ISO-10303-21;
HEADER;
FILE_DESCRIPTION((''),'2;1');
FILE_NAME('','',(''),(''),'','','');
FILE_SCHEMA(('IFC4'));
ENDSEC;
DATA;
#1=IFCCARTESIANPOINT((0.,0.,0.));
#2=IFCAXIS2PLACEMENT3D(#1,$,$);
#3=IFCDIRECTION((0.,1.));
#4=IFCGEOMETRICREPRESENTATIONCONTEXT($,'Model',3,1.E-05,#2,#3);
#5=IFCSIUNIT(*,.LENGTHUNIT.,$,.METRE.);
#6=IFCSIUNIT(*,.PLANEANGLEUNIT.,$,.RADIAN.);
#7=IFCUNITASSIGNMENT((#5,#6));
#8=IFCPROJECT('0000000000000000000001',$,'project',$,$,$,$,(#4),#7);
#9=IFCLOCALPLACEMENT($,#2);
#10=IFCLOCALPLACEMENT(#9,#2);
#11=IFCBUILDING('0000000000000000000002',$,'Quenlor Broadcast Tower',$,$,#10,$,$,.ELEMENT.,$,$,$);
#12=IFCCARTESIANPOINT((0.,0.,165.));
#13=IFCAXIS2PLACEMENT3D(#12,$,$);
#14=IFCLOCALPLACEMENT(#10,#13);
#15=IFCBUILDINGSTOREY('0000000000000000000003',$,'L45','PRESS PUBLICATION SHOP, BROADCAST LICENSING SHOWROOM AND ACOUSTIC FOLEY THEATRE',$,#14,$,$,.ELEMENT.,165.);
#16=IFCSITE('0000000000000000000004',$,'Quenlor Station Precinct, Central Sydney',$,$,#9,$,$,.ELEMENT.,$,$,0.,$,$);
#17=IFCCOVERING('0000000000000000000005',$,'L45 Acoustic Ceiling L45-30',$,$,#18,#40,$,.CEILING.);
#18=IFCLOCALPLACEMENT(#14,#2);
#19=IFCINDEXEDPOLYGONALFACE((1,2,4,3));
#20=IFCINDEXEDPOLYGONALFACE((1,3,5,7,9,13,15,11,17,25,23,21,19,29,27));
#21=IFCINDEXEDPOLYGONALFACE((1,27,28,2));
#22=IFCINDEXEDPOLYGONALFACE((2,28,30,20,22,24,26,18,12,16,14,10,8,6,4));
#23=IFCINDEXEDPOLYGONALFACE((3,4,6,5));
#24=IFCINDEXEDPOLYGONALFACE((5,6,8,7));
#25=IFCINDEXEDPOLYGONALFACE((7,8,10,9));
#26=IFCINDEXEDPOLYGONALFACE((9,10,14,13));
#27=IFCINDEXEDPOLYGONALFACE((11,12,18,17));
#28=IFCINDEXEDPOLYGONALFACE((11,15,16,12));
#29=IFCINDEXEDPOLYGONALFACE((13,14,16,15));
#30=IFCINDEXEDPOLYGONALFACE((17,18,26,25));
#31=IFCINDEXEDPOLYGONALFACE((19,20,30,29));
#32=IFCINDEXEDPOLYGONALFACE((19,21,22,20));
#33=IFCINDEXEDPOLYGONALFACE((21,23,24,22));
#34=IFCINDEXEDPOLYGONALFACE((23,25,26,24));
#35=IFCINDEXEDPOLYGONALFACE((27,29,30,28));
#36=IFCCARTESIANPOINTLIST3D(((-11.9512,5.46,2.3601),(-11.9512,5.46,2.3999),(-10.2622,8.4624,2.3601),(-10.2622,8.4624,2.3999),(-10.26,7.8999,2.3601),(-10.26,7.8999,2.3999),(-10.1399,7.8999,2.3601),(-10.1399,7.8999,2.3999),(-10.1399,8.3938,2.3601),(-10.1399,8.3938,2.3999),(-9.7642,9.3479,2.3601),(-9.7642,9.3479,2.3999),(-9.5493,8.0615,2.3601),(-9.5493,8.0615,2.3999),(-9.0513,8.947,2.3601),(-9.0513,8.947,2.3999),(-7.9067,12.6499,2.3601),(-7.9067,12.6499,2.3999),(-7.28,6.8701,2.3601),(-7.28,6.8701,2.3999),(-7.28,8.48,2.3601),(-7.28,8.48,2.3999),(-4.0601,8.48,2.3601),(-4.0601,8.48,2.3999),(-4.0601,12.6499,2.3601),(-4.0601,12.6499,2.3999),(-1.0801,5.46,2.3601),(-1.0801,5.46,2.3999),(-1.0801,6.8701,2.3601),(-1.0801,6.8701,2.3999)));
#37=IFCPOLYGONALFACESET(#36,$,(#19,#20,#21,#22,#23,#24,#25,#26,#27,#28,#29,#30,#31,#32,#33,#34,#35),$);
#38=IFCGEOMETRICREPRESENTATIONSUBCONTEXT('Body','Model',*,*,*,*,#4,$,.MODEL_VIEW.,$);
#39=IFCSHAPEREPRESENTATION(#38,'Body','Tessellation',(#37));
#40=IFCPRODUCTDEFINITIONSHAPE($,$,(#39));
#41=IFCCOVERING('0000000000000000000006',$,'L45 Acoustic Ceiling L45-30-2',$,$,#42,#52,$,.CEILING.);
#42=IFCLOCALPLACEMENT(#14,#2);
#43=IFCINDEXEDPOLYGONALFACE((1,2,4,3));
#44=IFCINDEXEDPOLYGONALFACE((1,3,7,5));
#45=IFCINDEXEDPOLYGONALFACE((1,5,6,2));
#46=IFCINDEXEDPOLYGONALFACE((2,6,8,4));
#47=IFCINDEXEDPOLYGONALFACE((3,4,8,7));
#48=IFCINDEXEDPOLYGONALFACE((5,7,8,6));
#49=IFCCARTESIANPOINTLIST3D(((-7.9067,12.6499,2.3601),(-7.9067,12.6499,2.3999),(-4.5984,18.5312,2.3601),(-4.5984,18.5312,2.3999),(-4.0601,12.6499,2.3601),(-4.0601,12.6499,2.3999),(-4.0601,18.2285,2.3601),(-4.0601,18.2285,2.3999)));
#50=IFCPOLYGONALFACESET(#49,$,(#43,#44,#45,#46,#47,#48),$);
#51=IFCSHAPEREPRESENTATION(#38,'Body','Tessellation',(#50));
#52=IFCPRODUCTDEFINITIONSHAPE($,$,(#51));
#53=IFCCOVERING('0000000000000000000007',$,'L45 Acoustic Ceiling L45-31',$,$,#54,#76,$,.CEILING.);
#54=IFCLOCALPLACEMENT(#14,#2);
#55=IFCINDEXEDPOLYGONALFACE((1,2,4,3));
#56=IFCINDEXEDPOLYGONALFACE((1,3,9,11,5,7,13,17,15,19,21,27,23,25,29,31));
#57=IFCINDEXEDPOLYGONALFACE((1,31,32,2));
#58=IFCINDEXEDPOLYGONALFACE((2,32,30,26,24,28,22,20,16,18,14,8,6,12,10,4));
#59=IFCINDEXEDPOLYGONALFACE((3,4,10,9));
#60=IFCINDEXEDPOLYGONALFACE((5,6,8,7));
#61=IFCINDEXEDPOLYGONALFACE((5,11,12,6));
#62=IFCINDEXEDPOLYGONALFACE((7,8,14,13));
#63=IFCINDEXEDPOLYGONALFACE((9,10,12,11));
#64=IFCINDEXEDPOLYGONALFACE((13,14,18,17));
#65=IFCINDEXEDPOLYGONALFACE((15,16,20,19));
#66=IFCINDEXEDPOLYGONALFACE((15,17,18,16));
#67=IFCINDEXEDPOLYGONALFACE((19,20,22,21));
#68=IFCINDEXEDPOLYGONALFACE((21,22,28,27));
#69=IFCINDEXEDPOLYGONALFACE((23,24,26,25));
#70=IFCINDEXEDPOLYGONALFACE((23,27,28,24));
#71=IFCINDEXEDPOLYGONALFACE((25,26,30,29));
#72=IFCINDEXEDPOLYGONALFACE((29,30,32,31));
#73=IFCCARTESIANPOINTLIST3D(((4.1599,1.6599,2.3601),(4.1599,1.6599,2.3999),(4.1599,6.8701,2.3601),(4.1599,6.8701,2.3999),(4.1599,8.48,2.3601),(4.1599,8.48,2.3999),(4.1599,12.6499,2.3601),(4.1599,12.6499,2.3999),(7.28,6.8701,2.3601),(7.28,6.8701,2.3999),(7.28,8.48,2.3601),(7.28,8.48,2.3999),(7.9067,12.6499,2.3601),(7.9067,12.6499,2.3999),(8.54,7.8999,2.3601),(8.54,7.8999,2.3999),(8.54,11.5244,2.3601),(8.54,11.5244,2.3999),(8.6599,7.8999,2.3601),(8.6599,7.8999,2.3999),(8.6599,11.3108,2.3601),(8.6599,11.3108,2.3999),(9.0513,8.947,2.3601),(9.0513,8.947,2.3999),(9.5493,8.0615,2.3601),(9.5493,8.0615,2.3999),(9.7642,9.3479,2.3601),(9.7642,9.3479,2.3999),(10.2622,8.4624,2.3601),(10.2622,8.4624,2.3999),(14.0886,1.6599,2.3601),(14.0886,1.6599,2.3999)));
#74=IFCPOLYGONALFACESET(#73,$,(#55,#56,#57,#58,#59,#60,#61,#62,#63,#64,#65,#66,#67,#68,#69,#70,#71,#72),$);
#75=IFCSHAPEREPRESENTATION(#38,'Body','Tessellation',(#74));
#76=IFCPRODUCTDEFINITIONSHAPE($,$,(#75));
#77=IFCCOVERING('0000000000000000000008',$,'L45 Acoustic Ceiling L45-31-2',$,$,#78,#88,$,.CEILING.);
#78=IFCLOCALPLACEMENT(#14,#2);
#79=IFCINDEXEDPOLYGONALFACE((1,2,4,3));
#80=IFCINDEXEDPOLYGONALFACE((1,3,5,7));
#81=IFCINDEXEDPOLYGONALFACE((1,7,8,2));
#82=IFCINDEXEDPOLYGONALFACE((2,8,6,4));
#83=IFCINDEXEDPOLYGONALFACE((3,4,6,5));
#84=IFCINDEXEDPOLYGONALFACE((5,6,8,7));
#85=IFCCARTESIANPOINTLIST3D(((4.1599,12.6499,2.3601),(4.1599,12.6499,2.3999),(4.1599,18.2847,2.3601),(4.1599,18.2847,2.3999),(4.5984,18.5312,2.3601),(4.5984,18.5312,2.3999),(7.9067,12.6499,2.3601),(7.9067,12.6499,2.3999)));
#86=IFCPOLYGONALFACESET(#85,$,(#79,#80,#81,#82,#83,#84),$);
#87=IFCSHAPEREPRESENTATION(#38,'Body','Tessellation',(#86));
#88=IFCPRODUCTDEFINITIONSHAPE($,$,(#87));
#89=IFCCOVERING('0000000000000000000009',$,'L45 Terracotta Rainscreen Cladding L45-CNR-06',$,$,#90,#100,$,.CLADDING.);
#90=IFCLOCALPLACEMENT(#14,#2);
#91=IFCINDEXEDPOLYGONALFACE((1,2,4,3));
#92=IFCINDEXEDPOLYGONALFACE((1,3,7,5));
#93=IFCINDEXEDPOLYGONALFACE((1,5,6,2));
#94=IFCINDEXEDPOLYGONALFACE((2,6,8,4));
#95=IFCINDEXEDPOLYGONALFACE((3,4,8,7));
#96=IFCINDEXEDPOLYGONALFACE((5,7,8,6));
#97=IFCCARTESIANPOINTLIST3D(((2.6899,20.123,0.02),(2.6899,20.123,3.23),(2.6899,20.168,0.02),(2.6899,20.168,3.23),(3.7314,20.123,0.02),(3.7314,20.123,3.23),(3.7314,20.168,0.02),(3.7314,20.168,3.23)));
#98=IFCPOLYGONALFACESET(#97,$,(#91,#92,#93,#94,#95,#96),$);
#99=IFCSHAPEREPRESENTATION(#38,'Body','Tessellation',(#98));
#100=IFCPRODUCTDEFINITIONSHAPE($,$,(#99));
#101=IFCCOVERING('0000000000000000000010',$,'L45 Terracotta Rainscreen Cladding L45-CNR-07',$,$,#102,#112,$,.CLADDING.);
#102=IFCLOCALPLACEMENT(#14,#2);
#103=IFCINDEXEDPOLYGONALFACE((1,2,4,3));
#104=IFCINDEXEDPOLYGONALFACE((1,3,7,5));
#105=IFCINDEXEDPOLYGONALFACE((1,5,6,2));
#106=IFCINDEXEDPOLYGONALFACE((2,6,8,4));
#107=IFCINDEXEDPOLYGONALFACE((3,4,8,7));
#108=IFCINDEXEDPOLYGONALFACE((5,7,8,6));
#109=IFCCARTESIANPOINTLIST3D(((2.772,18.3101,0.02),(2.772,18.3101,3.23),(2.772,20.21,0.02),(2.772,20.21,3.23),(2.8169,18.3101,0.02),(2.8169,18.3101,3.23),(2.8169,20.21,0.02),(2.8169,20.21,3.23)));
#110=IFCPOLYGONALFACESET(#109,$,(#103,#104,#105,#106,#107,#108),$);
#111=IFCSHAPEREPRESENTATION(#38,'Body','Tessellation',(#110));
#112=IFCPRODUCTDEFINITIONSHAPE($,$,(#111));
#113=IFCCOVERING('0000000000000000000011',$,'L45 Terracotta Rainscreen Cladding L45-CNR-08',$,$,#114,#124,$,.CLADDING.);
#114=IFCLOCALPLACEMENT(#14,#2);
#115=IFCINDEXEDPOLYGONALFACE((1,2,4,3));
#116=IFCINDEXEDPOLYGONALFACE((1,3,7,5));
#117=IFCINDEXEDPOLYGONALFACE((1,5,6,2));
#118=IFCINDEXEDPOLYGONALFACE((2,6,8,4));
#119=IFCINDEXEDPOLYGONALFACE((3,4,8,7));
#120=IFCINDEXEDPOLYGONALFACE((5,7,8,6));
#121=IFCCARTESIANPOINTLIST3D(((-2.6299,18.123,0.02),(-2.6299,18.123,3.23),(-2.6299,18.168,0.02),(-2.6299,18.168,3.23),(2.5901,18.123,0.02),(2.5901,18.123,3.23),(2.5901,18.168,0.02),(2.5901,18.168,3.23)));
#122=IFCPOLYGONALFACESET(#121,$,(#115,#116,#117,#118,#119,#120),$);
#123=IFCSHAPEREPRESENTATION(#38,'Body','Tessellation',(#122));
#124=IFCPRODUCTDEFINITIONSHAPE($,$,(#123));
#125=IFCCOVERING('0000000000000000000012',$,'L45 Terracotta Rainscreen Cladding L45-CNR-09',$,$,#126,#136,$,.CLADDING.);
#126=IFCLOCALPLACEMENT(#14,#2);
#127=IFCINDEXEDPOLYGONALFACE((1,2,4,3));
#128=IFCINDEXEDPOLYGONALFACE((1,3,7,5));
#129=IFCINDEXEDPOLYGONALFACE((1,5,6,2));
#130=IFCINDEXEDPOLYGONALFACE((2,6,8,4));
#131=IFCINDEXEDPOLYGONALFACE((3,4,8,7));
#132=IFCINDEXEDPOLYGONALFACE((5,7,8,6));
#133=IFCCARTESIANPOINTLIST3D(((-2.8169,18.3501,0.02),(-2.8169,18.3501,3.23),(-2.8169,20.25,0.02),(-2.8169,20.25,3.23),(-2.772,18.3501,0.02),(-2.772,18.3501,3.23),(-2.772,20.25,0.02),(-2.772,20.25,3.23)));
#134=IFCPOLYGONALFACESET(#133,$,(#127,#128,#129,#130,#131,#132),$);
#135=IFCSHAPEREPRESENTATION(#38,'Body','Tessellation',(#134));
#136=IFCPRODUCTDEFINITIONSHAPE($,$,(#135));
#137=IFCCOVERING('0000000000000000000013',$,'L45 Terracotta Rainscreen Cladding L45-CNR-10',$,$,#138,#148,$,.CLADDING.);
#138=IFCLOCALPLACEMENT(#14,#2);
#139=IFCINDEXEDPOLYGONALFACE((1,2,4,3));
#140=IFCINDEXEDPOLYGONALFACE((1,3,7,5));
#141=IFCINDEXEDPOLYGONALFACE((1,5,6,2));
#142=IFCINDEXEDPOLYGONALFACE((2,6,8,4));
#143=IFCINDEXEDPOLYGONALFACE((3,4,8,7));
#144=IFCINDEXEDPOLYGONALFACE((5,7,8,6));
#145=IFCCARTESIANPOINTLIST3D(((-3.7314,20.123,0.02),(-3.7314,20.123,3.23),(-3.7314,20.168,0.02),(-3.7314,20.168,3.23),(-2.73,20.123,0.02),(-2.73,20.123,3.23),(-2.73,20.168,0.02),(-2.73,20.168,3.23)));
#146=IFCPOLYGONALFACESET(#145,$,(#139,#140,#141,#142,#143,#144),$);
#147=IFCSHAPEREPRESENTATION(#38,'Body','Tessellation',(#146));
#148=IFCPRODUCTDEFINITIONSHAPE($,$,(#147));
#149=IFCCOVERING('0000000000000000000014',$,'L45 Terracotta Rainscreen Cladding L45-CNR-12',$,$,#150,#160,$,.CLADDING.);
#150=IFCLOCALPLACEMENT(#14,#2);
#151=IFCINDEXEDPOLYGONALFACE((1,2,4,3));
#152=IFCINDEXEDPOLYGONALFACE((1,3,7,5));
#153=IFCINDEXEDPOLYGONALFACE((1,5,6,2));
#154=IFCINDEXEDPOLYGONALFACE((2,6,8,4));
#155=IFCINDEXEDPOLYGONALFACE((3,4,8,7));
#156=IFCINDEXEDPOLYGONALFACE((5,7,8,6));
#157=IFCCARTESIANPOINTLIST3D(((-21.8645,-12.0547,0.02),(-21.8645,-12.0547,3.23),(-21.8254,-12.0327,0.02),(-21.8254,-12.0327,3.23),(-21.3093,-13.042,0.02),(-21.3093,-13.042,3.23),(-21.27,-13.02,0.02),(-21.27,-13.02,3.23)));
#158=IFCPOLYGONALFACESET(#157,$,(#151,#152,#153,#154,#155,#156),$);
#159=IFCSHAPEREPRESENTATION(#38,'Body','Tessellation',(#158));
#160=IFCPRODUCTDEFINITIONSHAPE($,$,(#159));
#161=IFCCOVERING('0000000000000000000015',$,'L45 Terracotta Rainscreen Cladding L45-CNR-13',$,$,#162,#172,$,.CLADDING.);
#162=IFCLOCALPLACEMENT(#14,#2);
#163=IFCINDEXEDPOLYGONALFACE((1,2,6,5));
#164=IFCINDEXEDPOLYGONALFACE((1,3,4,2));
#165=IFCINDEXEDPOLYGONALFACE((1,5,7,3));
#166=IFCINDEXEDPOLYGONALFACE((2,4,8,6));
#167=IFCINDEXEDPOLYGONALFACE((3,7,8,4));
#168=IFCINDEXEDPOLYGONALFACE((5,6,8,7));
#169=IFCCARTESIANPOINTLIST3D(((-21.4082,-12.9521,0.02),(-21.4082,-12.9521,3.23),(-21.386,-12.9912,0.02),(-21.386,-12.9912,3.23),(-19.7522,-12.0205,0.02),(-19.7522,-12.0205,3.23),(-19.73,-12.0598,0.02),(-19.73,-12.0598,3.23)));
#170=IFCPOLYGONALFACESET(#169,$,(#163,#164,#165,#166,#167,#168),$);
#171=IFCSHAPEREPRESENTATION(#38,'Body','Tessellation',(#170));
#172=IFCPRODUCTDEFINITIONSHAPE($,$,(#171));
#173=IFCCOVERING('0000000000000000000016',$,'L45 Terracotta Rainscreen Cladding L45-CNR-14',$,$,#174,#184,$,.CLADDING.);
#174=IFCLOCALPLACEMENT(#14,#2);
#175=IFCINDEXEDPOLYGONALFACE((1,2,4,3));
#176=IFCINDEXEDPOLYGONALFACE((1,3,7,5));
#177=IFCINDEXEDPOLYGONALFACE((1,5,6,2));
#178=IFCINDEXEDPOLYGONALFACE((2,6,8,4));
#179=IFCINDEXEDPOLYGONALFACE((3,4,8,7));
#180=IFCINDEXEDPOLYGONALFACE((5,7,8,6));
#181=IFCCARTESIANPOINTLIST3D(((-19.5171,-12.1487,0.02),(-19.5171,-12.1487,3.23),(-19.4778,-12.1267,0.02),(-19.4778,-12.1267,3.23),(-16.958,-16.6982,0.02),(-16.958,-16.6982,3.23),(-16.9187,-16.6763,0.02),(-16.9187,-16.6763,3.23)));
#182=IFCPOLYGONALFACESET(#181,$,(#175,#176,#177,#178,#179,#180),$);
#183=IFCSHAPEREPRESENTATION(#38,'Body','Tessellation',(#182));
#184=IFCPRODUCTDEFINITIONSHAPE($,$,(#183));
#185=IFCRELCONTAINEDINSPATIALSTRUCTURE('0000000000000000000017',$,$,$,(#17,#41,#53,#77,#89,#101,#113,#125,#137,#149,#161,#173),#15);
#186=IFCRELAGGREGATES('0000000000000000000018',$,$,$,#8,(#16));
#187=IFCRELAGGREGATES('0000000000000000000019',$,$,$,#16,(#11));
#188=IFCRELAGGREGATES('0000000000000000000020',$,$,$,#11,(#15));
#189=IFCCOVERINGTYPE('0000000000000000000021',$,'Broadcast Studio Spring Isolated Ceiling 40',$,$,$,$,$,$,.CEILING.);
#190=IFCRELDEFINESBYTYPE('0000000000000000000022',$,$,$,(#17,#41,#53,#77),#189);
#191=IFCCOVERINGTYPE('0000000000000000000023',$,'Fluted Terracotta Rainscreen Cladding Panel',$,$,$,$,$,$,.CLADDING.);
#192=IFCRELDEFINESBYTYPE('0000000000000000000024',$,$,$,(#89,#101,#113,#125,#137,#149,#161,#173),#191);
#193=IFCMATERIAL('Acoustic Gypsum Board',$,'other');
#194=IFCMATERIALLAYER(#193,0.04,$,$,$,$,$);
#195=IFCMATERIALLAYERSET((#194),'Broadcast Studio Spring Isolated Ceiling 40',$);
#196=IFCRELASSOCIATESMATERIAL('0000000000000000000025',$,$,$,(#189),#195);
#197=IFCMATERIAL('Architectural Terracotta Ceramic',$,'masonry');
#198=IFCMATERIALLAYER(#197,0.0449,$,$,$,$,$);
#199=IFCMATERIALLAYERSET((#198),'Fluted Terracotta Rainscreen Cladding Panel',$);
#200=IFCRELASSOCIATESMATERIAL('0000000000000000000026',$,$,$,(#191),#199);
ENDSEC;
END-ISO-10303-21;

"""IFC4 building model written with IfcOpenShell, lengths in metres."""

from ifc_helpers import new_model, si_unit, direction, frame, origin, place, context, subcontext, project, spatial, polyline, outline, extrude, material, layer, layer_set, type_object, element, save


model = new_model("IFC4")

# Units and contexts
model_context = context("Model", 3, precision=1e-05, world=origin(), true_north=direction((0.0, 1.0)))
body_context = subcontext(model_context, "Body", "Model", "MODEL_VIEW")
ifc_project = project(units=[si_unit("LENGTHUNIT", "METRE"), si_unit("PLANEANGLEUNIT", "RADIAN")], contexts=[model_context])

# Site, building, storey
site_placement = place(None, origin())
site = spatial("IfcSite", under=ifc_project, at=site_placement, Name="Quenlor Station Precinct, Central Sydney", CompositionType="ELEMENT", RefElevation=0.0)
building_placement = place(site_placement, origin())
building = spatial("IfcBuilding", under=site, at=building_placement, Name="Quenlor Broadcast Tower", CompositionType="ELEMENT")
storey_placement = place(building_placement, frame((0.0, 0.0, 165.0)))
storey = spatial("IfcBuildingStorey", under=building, at=storey_placement, Name="L45", Description="PRESS PUBLICATION SHOP, BROADCAST LICENSING SHOWROOM AND ACOUSTIC FOLEY THEATRE", CompositionType="ELEMENT", Elevation=165.0)

# Coverings
ifc_material_1 = material(Name="Acoustic Gypsum Board", Category="other")
ifc_layer_1 = layer(ifc_material_1, 0.04)
ifc_layer_set_1 = layer_set([ifc_layer_1], Name="Broadcast Studio Spring Isolated Ceiling 40")
covering_type_1 = type_object("IfcCoveringType", Name="Broadcast Studio Spring Isolated Ceiling 40", PredefinedType="CEILING", material=ifc_layer_set_1)
covering_1_placement = place(storey_placement, frame((0.0, 0.0, 2.3601)))
element("IfcCovering", 1, at=covering_1_placement, inside=storey, type_object=covering_type_1, Name="L45 Acoustic Ceiling L45-30", PredefinedType="CEILING", context=body_context, shape_type="SweptSolid", body=[
    extrude(outline(polyline([(-10.1399, 8.3938), (-9.5493, 8.0615), (-9.0513, 8.947), (-9.7642, 9.3479), (-7.9067, 12.6499), (-4.0601, 12.6499), (-4.0601, 8.48), (-7.28, 8.48), (-7.28, 6.8701), (-1.0801, 6.8701), (-1.0801, 5.46), (-11.9512, 5.46), (-10.2622, 8.4624), (-10.26, 7.8999), (-10.1399, 7.8999), (-10.1399, 8.3938)])), origin(), (0.0, 0.0, 1.0), 0.0398),
])
covering_2_placement = place(storey_placement, frame((0.0, 0.0, 2.3601)))
element("IfcCovering", 2, at=covering_2_placement, inside=storey, type_object=covering_type_1, Name="L45 Acoustic Ceiling L45-30-2", PredefinedType="CEILING", context=body_context, shape_type="SweptSolid", body=[
    extrude(outline(polyline([(-4.5984, 18.5312), (-4.0601, 18.2285), (-4.0601, 12.6499), (-7.9067, 12.6499), (-4.5984, 18.5312)])), origin(), (0.0, 0.0, 1.0), 0.0398),
])
covering_3_placement = place(storey_placement, frame((0.0, 0.0, 2.3601)))
element("IfcCovering", 3, at=covering_3_placement, inside=storey, type_object=covering_type_1, Name="L45 Acoustic Ceiling L45-31", PredefinedType="CEILING", context=body_context, shape_type="SweptSolid", body=[
    extrude(outline(polyline([(8.6599, 11.3108), (9.7642, 9.3479), (9.0513, 8.947), (9.5493, 8.0615), (10.2622, 8.4624), (14.0886, 1.6599), (4.1599, 1.6599), (4.1599, 6.8701), (7.28, 6.8701), (7.28, 8.48), (4.1599, 8.48), (4.1599, 12.6499), (7.9067, 12.6499), (8.54, 11.5244), (8.54, 7.8999), (8.6599, 7.8999), (8.6599, 11.3108)])), origin(), (0.0, 0.0, 1.0), 0.0398),
])
covering_4_placement = place(storey_placement, frame((0.0, 0.0, 2.3601)))
element("IfcCovering", 4, at=covering_4_placement, inside=storey, type_object=covering_type_1, Name="L45 Acoustic Ceiling L45-31-2", PredefinedType="CEILING", context=body_context, shape_type="SweptSolid", body=[
    extrude(outline(polyline([(4.1599, 18.2847), (4.5984, 18.5312), (7.9067, 12.6499), (4.1599, 12.6499), (4.1599, 18.2847)])), origin(), (0.0, 0.0, 1.0), 0.0398),
])
ifc_material_2 = material(Name="Architectural Terracotta Ceramic", Category="masonry")
ifc_layer_2 = layer(ifc_material_2, 0.0449)
ifc_layer_set_2 = layer_set([ifc_layer_2], Name="Fluted Terracotta Rainscreen Cladding Panel")
covering_type_2 = type_object("IfcCoveringType", Name="Fluted Terracotta Rainscreen Cladding Panel", PredefinedType="CLADDING", material=ifc_layer_set_2)
covering_5_placement = place(storey_placement, frame((0.0, 0.0, 0.02)))
element("IfcCovering", 5, at=covering_5_placement, inside=storey, type_object=covering_type_2, Name="L45 Terracotta Rainscreen Cladding L45-CNR-06", PredefinedType="CLADDING", context=body_context, shape_type="SweptSolid", body=[
    extrude(outline(polyline([(3.7314, 20.168), (2.6899, 20.168), (2.6899, 20.123), (3.7314, 20.123), (3.7314, 20.168)])), origin(), (0.0, 0.0, 1.0), 3.21),
])
covering_6_placement = place(storey_placement, frame((0.0, 0.0, 0.02)))
element("IfcCovering", 6, at=covering_6_placement, inside=storey, type_object=covering_type_2, Name="L45 Terracotta Rainscreen Cladding L45-CNR-07", PredefinedType="CLADDING", context=body_context, shape_type="SweptSolid", body=[
    extrude(outline(polyline([(2.772, 20.21), (2.772, 18.3101), (2.8169, 18.3101), (2.8169, 20.21), (2.772, 20.21)])), origin(), (0.0, 0.0, 1.0), 3.21),
])
covering_7_placement = place(storey_placement, frame((0.0, 0.0, 0.02)))
element("IfcCovering", 7, at=covering_7_placement, inside=storey, type_object=covering_type_2, Name="L45 Terracotta Rainscreen Cladding L45-CNR-08", PredefinedType="CLADDING", context=body_context, shape_type="SweptSolid", body=[
    extrude(outline(polyline([(2.5901, 18.168), (-2.6299, 18.168), (-2.6299, 18.123), (2.5901, 18.123), (2.5901, 18.168)])), origin(), (0.0, 0.0, 1.0), 3.21),
])
covering_8_placement = place(storey_placement, frame((0.0, 0.0, 0.02)))
element("IfcCovering", 8, at=covering_8_placement, inside=storey, type_object=covering_type_2, Name="L45 Terracotta Rainscreen Cladding L45-CNR-09", PredefinedType="CLADDING", context=body_context, shape_type="SweptSolid", body=[
    extrude(outline(polyline([(-2.772, 18.3501), (-2.772, 20.25), (-2.8169, 20.25), (-2.8169, 18.3501), (-2.772, 18.3501)])), origin(), (0.0, 0.0, 1.0), 3.21),
])
covering_9_placement = place(storey_placement, frame((0.0, 0.0, 0.02)))
element("IfcCovering", 9, at=covering_9_placement, inside=storey, type_object=covering_type_2, Name="L45 Terracotta Rainscreen Cladding L45-CNR-10", PredefinedType="CLADDING", context=body_context, shape_type="SweptSolid", body=[
    extrude(outline(polyline([(-2.73, 20.168), (-3.7314, 20.168), (-3.7314, 20.123), (-2.73, 20.123), (-2.73, 20.168)])), origin(), (0.0, 0.0, 1.0), 3.21),
])
covering_10_placement = place(storey_placement, frame((0.0, 0.0, 0.02)))
element("IfcCovering", 10, at=covering_10_placement, inside=storey, type_object=covering_type_2, Name="L45 Terracotta Rainscreen Cladding L45-CNR-12", PredefinedType="CLADDING", context=body_context, shape_type="SweptSolid", body=[
    extrude(outline(polyline([(-21.8645, -12.0547), (-21.3093, -13.042), (-21.27, -13.02), (-21.8254, -12.0327), (-21.8645, -12.0547)])), origin(), (0.0, 0.0, 1.0), 3.21),
])
covering_11_placement = place(storey_placement, frame((0.0, 0.0, 0.02)))
element("IfcCovering", 11, at=covering_11_placement, inside=storey, type_object=covering_type_2, Name="L45 Terracotta Rainscreen Cladding L45-CNR-13", PredefinedType="CLADDING", context=body_context, shape_type="SweptSolid", body=[
    extrude(outline(polyline([(-21.386, -12.9912), (-19.73, -12.0598), (-19.7522, -12.0205), (-21.4082, -12.9521), (-21.386, -12.9912)])), origin(), (0.0, 0.0, 1.0), 3.21),
])
covering_12_placement = place(storey_placement, frame((0.0, 0.0, 0.02)))
element("IfcCovering", 12, at=covering_12_placement, inside=storey, type_object=covering_type_2, Name="L45 Terracotta Rainscreen Cladding L45-CNR-14", PredefinedType="CLADDING", context=body_context, shape_type="SweptSolid", body=[
    extrude(outline(polyline([(-19.5171, -12.1487), (-16.958, -16.6982), (-16.9187, -16.6763), (-19.4778, -12.1267), (-19.5171, -12.1487)])), origin(), (0.0, 0.0, 1.0), 3.21),
])

save(model, "model.ifc")
